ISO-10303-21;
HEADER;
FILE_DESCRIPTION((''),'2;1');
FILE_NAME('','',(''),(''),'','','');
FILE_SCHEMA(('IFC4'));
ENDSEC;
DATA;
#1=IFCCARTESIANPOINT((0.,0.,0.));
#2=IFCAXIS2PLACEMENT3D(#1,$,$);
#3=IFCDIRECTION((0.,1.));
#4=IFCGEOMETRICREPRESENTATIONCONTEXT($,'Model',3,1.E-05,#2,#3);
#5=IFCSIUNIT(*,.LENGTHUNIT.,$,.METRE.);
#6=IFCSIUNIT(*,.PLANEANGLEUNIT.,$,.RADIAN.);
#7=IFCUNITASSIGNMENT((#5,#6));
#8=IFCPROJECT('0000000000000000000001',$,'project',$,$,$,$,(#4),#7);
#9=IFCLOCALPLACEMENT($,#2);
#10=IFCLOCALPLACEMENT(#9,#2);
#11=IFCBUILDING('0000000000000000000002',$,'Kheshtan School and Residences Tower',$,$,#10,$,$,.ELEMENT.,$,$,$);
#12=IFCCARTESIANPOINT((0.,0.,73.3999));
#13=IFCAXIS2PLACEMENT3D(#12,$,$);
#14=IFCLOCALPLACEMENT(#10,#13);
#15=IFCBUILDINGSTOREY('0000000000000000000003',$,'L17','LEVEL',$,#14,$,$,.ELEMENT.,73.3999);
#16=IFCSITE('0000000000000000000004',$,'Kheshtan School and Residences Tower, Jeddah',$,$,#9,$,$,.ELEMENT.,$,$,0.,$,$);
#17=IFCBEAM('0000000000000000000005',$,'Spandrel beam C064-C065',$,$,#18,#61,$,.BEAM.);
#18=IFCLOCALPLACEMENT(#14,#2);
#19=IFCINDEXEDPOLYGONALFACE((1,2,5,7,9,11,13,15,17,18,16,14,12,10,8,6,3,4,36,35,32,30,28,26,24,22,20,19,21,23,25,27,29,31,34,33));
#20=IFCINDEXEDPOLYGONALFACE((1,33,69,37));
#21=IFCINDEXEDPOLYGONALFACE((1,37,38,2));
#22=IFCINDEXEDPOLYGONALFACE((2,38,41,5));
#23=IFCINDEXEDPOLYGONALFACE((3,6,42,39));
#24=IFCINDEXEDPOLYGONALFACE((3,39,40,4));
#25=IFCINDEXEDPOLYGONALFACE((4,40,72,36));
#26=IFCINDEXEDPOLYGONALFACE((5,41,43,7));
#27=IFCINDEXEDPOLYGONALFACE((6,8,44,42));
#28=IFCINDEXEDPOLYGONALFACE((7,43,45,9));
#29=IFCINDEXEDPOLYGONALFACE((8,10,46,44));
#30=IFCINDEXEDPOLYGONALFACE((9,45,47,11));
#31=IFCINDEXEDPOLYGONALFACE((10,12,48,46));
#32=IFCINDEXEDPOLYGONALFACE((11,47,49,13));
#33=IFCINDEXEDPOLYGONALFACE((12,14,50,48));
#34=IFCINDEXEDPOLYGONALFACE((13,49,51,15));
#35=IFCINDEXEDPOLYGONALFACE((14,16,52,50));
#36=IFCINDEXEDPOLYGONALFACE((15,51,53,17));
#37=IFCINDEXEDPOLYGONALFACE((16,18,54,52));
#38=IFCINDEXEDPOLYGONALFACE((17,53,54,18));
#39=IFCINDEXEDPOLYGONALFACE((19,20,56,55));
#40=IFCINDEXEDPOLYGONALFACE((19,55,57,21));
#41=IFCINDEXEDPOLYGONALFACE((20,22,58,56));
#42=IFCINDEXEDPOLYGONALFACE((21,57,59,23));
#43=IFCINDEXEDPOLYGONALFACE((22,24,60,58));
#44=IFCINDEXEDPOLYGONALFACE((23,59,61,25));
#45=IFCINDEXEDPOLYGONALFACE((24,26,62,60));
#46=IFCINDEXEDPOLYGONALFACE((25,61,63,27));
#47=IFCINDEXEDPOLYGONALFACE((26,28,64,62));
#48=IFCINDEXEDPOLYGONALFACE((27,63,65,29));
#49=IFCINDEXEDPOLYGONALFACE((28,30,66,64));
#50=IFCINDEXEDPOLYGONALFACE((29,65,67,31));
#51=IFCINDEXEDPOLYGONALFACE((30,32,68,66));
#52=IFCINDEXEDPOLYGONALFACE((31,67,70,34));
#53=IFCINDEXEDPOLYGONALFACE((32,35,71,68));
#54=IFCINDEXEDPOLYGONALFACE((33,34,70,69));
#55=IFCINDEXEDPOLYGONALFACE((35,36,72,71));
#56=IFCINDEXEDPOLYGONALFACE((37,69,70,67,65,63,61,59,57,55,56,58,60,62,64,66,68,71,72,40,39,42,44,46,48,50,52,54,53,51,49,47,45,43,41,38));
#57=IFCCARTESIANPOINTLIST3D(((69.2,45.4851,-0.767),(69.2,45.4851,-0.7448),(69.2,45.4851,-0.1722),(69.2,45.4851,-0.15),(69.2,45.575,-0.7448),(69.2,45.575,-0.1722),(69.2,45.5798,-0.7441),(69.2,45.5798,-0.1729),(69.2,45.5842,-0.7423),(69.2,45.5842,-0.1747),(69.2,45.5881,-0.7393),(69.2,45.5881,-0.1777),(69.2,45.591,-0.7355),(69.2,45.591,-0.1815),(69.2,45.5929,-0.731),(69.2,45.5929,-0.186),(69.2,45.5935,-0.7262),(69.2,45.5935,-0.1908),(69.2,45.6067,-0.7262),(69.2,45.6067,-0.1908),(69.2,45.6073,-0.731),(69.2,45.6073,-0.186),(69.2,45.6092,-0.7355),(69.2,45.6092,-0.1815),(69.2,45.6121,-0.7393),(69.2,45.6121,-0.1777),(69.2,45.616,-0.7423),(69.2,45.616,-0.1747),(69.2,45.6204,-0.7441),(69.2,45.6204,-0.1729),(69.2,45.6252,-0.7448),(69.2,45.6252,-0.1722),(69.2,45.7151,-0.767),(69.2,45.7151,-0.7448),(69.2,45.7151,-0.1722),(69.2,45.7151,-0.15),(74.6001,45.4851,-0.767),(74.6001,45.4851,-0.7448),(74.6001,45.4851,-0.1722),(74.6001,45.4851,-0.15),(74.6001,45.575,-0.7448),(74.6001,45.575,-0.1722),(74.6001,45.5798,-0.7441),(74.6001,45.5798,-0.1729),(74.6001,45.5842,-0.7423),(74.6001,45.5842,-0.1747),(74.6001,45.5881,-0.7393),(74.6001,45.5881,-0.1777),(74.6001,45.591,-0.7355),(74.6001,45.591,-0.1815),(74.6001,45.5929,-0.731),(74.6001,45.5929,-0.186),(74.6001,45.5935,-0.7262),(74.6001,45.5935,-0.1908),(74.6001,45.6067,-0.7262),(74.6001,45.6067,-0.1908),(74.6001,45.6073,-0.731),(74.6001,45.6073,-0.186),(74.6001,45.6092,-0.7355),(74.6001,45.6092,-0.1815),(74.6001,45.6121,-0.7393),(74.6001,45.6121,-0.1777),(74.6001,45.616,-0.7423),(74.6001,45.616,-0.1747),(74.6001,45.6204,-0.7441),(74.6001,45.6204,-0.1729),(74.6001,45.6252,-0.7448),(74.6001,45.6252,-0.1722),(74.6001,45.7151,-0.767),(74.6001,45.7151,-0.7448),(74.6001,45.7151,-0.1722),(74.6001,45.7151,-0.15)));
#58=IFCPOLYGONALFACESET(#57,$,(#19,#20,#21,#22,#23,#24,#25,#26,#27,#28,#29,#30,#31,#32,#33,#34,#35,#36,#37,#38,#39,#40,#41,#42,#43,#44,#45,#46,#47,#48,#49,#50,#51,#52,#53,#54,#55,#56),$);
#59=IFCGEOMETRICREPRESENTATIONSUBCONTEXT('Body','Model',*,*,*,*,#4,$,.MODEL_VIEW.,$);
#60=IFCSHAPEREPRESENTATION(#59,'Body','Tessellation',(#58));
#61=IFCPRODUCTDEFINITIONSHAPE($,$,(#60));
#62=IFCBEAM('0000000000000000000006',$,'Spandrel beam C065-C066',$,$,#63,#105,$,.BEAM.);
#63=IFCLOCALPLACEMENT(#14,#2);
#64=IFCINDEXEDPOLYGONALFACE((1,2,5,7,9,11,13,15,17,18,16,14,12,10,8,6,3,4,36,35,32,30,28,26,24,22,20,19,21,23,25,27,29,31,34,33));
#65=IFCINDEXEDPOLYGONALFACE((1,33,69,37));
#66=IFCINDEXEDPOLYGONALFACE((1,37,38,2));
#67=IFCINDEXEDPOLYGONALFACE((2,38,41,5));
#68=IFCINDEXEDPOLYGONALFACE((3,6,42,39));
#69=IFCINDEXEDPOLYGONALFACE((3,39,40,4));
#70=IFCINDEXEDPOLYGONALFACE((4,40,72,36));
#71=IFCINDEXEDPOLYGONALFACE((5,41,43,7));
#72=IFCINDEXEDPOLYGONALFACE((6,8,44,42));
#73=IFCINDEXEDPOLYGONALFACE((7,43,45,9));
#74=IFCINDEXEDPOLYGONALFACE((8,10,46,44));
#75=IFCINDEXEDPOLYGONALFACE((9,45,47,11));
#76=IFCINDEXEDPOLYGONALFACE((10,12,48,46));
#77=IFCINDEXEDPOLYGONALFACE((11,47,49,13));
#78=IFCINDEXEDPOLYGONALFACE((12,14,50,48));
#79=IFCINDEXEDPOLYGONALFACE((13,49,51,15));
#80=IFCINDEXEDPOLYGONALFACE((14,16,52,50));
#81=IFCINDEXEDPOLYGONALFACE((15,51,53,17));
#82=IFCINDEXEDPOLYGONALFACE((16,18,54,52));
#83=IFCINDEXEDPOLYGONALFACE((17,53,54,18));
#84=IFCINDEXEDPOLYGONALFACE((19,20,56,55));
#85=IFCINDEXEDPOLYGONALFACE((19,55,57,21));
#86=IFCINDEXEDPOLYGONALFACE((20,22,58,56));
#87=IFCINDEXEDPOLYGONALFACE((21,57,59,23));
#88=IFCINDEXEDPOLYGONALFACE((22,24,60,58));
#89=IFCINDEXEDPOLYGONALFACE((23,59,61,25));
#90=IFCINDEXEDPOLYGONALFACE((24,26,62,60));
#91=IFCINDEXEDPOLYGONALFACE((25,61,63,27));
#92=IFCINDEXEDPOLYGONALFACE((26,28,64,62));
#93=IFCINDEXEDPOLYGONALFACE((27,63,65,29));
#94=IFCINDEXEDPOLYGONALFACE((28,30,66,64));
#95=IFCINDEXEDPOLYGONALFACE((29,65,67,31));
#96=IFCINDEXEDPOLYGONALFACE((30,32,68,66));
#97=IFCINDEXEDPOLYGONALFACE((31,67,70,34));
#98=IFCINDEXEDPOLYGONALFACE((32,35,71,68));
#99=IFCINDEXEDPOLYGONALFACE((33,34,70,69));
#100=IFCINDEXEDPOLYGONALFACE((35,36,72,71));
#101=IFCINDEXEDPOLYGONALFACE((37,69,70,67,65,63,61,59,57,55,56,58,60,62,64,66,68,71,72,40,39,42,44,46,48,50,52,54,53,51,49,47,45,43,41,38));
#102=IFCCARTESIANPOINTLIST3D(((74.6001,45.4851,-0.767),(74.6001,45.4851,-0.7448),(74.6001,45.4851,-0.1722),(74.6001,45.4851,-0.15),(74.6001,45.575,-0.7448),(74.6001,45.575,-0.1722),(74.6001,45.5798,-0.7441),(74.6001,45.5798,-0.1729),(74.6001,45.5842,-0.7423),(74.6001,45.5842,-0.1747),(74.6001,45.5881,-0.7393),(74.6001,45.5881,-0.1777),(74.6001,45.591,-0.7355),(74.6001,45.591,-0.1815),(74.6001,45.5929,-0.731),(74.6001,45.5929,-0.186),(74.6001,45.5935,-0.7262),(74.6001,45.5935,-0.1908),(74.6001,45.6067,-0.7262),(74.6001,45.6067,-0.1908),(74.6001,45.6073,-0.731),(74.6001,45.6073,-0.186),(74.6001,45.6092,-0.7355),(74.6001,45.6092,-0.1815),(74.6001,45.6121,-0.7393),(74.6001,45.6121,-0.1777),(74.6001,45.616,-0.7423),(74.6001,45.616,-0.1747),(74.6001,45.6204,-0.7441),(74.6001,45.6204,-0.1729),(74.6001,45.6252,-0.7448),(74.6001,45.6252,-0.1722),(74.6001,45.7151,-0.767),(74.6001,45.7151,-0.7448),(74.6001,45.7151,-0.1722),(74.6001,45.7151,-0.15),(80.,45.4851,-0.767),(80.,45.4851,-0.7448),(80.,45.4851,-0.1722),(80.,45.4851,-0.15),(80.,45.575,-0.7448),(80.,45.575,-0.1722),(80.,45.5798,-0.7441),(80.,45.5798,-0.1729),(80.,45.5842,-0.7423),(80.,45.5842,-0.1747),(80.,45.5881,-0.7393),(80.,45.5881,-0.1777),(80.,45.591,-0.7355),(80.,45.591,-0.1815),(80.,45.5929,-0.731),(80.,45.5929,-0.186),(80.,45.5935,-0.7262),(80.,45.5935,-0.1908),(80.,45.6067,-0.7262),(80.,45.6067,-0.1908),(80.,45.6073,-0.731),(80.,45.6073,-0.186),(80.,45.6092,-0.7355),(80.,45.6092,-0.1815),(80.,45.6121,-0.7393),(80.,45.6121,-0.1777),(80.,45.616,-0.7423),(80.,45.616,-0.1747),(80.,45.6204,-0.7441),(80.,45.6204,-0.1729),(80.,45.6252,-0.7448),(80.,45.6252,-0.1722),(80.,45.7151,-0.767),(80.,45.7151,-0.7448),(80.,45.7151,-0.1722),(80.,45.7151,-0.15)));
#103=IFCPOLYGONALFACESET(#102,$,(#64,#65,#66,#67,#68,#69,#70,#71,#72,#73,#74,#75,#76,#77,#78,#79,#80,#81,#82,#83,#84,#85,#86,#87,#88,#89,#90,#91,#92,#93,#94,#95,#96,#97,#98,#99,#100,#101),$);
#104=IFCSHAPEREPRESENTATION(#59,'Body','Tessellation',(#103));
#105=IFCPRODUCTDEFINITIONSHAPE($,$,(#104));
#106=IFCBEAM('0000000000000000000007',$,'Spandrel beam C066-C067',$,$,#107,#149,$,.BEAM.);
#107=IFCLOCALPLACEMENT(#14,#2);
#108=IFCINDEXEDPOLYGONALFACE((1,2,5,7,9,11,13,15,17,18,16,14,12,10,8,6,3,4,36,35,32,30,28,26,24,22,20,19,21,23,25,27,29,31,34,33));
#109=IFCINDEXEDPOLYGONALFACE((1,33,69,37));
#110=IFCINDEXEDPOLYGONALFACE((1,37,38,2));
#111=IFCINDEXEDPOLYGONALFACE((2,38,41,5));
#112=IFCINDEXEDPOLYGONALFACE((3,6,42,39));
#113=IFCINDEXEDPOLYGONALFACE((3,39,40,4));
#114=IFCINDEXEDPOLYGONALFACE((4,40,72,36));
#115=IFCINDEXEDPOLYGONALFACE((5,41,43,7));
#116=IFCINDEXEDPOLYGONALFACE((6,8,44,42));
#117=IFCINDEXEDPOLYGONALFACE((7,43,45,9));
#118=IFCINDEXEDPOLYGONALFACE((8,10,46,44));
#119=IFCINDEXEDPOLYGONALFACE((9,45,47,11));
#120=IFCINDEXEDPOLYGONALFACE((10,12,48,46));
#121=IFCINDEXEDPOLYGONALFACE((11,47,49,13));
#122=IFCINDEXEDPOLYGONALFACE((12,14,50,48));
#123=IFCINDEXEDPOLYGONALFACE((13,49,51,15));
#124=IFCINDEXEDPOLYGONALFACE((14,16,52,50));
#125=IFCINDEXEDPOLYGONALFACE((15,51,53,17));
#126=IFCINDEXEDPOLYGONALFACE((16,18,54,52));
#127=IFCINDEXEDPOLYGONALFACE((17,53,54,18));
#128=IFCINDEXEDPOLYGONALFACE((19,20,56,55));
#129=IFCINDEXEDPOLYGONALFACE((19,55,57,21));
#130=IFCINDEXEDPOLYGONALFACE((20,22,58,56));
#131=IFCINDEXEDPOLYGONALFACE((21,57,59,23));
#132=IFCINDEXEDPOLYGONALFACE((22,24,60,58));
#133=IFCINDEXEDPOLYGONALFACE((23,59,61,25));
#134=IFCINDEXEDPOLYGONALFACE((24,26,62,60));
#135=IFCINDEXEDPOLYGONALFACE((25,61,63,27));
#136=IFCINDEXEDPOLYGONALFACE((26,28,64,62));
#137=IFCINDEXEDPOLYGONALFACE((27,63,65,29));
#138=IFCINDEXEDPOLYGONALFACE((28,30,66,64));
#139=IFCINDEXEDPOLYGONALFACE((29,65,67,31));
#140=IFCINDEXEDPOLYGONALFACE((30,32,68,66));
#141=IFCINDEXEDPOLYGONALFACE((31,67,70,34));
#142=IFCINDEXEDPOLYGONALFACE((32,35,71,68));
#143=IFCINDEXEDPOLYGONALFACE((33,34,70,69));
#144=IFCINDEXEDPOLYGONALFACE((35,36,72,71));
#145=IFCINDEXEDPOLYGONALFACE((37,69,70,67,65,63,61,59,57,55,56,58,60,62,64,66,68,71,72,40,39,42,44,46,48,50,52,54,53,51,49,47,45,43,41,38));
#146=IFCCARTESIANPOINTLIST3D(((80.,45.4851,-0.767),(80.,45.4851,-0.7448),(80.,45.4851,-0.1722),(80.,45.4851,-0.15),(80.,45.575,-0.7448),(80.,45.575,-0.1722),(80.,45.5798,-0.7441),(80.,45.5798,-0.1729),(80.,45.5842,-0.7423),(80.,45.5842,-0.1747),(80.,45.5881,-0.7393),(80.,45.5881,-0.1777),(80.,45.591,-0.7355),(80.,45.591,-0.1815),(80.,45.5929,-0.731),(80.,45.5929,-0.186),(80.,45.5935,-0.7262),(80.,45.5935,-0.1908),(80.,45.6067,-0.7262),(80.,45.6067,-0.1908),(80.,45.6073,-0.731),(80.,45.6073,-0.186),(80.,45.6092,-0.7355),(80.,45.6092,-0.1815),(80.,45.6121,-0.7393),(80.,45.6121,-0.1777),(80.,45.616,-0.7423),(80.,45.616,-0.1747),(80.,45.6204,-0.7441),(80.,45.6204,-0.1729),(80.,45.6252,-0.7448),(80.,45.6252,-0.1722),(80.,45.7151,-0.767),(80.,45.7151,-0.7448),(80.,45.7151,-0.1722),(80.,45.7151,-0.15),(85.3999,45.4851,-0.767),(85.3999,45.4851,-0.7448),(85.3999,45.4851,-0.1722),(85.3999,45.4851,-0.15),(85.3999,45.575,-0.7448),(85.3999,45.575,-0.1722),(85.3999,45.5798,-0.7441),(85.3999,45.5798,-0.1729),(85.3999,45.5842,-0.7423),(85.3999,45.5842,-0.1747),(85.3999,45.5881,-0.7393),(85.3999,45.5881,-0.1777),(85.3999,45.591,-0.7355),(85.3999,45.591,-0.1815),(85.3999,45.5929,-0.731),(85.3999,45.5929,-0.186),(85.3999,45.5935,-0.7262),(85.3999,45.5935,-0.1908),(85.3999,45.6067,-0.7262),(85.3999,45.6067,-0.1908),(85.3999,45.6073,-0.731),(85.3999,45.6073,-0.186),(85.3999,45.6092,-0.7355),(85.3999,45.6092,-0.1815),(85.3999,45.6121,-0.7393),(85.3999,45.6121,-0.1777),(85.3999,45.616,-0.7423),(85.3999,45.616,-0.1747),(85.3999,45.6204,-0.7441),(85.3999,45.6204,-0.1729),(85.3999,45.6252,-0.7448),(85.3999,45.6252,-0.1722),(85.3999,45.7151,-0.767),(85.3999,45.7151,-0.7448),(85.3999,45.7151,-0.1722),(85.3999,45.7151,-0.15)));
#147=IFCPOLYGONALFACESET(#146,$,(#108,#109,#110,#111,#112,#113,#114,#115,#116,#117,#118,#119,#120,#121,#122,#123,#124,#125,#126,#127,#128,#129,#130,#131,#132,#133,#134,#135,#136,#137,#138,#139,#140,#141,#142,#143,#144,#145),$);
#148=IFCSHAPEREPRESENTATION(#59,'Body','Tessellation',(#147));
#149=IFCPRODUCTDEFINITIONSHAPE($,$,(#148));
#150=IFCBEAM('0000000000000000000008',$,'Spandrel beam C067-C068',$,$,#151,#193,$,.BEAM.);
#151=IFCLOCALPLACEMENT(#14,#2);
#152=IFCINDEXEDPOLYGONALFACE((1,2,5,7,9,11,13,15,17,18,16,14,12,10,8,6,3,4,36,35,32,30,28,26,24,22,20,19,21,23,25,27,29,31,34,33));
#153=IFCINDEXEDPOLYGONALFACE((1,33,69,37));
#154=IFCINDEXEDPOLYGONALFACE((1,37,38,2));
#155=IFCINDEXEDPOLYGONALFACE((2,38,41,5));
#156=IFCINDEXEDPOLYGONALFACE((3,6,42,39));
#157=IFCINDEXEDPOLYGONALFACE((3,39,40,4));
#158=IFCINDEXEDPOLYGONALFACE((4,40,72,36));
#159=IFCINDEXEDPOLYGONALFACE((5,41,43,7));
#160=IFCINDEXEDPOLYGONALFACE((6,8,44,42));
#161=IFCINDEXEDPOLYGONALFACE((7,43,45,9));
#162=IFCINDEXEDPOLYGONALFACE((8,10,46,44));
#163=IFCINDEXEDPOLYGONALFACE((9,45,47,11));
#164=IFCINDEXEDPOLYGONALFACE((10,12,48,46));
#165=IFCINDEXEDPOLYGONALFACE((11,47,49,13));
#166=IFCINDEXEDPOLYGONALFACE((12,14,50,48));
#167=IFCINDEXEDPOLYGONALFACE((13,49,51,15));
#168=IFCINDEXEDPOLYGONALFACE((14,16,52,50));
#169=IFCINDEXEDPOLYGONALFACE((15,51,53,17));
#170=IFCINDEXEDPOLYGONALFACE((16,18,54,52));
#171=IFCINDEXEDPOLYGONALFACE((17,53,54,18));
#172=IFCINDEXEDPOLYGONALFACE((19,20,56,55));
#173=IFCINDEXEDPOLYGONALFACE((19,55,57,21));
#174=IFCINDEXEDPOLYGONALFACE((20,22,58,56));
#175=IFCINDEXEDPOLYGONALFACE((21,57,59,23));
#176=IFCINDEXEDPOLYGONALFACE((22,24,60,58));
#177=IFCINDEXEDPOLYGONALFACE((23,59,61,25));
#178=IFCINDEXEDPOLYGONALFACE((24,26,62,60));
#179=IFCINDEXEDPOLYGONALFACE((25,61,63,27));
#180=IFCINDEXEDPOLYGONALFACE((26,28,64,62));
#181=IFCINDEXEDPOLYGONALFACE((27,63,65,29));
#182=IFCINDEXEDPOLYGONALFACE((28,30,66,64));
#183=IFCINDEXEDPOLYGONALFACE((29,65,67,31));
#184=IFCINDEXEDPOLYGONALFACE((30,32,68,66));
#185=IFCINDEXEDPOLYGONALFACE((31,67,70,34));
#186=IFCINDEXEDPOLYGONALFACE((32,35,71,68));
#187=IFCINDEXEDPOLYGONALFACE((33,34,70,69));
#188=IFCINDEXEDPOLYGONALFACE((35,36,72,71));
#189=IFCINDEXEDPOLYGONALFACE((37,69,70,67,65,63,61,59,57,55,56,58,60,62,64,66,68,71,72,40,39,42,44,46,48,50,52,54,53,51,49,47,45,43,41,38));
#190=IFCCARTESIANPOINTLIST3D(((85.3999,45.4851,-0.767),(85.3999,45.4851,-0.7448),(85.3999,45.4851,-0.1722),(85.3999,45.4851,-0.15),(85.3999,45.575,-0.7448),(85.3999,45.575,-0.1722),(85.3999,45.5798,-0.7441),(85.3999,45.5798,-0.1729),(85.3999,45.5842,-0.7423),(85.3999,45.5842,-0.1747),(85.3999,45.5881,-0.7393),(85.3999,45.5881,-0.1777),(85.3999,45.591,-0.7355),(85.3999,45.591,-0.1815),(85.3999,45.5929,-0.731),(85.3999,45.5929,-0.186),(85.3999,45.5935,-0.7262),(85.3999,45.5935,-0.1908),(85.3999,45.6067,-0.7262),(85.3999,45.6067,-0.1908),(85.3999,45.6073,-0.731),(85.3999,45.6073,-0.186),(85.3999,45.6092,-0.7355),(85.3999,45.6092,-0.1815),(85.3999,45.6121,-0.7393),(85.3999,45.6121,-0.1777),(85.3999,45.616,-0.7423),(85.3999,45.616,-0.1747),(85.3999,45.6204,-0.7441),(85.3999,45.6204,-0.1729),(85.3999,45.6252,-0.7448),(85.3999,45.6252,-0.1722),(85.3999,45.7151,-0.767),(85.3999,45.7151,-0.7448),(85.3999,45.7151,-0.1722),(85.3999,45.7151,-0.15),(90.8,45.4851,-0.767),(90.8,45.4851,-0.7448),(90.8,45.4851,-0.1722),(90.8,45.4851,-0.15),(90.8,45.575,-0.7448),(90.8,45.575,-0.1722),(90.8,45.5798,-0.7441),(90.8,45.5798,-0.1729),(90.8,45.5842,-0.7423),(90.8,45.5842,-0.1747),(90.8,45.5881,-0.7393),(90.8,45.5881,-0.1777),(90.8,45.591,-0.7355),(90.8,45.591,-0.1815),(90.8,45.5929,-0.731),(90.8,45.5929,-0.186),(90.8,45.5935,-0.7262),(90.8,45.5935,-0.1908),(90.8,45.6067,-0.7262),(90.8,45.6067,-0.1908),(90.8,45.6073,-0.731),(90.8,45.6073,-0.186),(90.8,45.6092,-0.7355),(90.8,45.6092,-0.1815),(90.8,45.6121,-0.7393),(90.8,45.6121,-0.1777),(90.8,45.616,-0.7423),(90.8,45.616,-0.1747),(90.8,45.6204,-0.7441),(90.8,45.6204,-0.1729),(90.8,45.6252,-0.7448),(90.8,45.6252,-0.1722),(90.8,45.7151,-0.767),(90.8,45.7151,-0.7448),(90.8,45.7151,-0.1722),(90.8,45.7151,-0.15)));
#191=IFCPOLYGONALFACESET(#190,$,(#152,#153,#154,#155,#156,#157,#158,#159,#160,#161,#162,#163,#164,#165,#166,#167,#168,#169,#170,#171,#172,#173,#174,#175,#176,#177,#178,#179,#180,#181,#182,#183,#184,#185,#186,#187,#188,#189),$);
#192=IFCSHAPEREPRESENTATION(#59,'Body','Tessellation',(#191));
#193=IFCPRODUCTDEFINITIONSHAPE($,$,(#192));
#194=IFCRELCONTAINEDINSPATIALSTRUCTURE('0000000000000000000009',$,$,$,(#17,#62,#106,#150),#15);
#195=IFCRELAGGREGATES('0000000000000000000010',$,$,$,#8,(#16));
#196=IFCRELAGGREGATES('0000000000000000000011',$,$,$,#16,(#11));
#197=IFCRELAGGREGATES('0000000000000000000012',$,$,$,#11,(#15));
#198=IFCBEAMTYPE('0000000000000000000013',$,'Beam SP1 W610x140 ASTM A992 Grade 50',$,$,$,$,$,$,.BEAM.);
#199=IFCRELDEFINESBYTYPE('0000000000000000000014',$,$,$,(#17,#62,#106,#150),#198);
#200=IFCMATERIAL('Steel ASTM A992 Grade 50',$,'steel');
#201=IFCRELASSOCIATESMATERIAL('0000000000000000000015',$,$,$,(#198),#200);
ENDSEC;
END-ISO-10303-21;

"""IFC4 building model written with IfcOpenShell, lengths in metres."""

from ifc_helpers import new_model, si_unit, direction, frame, origin, origin_2d, place, context, subcontext, project, spatial, i_section, extrude, material, material_profile, profile_set, type_object, element, save


model = new_model("IFC4")

# Units and contexts
model_context = context("Model", 3, precision=1e-05, world=origin(), true_north=direction((0.0, 1.0)))
body_context = subcontext(model_context, "Body", "Model", "MODEL_VIEW")
ifc_project = project(units=[si_unit("LENGTHUNIT", "METRE"), si_unit("PLANEANGLEUNIT", "RADIAN")], contexts=[model_context])

# Site, building, storey
site_placement = place(None, origin())
site = spatial("IfcSite", under=ifc_project, at=site_placement, Name="Kheshtan School and Residences Tower, Jeddah", CompositionType="ELEMENT", RefElevation=0.0)
building_placement = place(site_placement, origin())
building = spatial("IfcBuilding", under=site, at=building_placement, Name="Kheshtan School and Residences Tower", CompositionType="ELEMENT")
storey_placement = place(building_placement, frame((0.0, 0.0, 73.3999)))
storey = spatial("IfcBuildingStorey", under=building, at=storey_placement, Name="L17", Description="LEVEL", CompositionType="ELEMENT", Elevation=73.3999)

# Shared definitions
ifc_material_1 = material(Name="Steel ASTM A992 Grade 50", Category="steel")

# Beams
ifc_material_profile_1 = material_profile(ifc_material_1, i_section(OverallWidth=0.23, OverallDepth=0.6169, WebThickness=0.0132, FlangeThickness=0.0222, FilletRadius=0.0186, at=origin_2d()), Name="W610x140")
ifc_profile_set_1 = profile_set([ifc_material_profile_1], Name="Steel ASTM A992 Grade 50")
beam_type_1 = type_object("IfcBeamType", Name="Beam SP1 W610x140 ASTM A992 Grade 50", PredefinedType="BEAM", material=ifc_profile_set_1)
beam_1_placement = place(storey_placement, frame((69.2, 45.6001, -0.4585), z_axis=(1.0, 0.0, 0.0), x_axis=(0.0, 1.0, 0.0)))
element("IfcBeam", 1, at=beam_1_placement, inside=storey, type_object=beam_type_1, Name="Spandrel beam C064-C065", PredefinedType="BEAM", context=body_context, shape_type="SweptSolid", body=[
    extrude(i_section(OverallWidth=0.23, OverallDepth=0.6169, WebThickness=0.0132, FlangeThickness=0.0222, FilletRadius=0.0186, at=origin_2d()), origin(), (0.0, 0.0, 1.0), 5.4001),
])
for number, where, z_axis, x_axis, name in (
    (2, (74.6001, 45.6001, -0.4585), (1.0, 0.0, 0.0), (0.0, 1.0, 0.0), "Spandrel beam C065-C066"),
    (3, (80.0, 45.6001, -0.4585), (1.0, 0.0, 0.0), (0.0, 1.0, 0.0), "Spandrel beam C066-C067"),
):
    element("IfcBeam", number, at=place(storey_placement, frame(where, z_axis=z_axis, x_axis=x_axis)), inside=storey, type_object=beam_type_1, Name=name, PredefinedType="BEAM", context=body_context, shape_type="SweptSolid", body=[
        extrude(i_section(OverallWidth=0.23, OverallDepth=0.6169, WebThickness=0.0132, FlangeThickness=0.0222, FilletRadius=0.0186, at=origin_2d()), origin(), (0.0, 0.0, 1.0), 5.3999),
    ])
beam_2_placement = place(storey_placement, frame((85.3999, 45.6001, -0.4585), z_axis=(1.0, 0.0, 0.0), x_axis=(0.0, 1.0, 0.0)))
element("IfcBeam", 4, at=beam_2_placement, inside=storey, type_object=beam_type_1, Name="Spandrel beam C067-C068", PredefinedType="BEAM", context=body_context, shape_type="SweptSolid", body=[
    extrude(i_section(OverallWidth=0.23, OverallDepth=0.6169, WebThickness=0.0132, FlangeThickness=0.0222, FilletRadius=0.0186, at=origin_2d()), origin(), (0.0, 0.0, 1.0), 5.4001),
])

save(model, "model.ifc")
